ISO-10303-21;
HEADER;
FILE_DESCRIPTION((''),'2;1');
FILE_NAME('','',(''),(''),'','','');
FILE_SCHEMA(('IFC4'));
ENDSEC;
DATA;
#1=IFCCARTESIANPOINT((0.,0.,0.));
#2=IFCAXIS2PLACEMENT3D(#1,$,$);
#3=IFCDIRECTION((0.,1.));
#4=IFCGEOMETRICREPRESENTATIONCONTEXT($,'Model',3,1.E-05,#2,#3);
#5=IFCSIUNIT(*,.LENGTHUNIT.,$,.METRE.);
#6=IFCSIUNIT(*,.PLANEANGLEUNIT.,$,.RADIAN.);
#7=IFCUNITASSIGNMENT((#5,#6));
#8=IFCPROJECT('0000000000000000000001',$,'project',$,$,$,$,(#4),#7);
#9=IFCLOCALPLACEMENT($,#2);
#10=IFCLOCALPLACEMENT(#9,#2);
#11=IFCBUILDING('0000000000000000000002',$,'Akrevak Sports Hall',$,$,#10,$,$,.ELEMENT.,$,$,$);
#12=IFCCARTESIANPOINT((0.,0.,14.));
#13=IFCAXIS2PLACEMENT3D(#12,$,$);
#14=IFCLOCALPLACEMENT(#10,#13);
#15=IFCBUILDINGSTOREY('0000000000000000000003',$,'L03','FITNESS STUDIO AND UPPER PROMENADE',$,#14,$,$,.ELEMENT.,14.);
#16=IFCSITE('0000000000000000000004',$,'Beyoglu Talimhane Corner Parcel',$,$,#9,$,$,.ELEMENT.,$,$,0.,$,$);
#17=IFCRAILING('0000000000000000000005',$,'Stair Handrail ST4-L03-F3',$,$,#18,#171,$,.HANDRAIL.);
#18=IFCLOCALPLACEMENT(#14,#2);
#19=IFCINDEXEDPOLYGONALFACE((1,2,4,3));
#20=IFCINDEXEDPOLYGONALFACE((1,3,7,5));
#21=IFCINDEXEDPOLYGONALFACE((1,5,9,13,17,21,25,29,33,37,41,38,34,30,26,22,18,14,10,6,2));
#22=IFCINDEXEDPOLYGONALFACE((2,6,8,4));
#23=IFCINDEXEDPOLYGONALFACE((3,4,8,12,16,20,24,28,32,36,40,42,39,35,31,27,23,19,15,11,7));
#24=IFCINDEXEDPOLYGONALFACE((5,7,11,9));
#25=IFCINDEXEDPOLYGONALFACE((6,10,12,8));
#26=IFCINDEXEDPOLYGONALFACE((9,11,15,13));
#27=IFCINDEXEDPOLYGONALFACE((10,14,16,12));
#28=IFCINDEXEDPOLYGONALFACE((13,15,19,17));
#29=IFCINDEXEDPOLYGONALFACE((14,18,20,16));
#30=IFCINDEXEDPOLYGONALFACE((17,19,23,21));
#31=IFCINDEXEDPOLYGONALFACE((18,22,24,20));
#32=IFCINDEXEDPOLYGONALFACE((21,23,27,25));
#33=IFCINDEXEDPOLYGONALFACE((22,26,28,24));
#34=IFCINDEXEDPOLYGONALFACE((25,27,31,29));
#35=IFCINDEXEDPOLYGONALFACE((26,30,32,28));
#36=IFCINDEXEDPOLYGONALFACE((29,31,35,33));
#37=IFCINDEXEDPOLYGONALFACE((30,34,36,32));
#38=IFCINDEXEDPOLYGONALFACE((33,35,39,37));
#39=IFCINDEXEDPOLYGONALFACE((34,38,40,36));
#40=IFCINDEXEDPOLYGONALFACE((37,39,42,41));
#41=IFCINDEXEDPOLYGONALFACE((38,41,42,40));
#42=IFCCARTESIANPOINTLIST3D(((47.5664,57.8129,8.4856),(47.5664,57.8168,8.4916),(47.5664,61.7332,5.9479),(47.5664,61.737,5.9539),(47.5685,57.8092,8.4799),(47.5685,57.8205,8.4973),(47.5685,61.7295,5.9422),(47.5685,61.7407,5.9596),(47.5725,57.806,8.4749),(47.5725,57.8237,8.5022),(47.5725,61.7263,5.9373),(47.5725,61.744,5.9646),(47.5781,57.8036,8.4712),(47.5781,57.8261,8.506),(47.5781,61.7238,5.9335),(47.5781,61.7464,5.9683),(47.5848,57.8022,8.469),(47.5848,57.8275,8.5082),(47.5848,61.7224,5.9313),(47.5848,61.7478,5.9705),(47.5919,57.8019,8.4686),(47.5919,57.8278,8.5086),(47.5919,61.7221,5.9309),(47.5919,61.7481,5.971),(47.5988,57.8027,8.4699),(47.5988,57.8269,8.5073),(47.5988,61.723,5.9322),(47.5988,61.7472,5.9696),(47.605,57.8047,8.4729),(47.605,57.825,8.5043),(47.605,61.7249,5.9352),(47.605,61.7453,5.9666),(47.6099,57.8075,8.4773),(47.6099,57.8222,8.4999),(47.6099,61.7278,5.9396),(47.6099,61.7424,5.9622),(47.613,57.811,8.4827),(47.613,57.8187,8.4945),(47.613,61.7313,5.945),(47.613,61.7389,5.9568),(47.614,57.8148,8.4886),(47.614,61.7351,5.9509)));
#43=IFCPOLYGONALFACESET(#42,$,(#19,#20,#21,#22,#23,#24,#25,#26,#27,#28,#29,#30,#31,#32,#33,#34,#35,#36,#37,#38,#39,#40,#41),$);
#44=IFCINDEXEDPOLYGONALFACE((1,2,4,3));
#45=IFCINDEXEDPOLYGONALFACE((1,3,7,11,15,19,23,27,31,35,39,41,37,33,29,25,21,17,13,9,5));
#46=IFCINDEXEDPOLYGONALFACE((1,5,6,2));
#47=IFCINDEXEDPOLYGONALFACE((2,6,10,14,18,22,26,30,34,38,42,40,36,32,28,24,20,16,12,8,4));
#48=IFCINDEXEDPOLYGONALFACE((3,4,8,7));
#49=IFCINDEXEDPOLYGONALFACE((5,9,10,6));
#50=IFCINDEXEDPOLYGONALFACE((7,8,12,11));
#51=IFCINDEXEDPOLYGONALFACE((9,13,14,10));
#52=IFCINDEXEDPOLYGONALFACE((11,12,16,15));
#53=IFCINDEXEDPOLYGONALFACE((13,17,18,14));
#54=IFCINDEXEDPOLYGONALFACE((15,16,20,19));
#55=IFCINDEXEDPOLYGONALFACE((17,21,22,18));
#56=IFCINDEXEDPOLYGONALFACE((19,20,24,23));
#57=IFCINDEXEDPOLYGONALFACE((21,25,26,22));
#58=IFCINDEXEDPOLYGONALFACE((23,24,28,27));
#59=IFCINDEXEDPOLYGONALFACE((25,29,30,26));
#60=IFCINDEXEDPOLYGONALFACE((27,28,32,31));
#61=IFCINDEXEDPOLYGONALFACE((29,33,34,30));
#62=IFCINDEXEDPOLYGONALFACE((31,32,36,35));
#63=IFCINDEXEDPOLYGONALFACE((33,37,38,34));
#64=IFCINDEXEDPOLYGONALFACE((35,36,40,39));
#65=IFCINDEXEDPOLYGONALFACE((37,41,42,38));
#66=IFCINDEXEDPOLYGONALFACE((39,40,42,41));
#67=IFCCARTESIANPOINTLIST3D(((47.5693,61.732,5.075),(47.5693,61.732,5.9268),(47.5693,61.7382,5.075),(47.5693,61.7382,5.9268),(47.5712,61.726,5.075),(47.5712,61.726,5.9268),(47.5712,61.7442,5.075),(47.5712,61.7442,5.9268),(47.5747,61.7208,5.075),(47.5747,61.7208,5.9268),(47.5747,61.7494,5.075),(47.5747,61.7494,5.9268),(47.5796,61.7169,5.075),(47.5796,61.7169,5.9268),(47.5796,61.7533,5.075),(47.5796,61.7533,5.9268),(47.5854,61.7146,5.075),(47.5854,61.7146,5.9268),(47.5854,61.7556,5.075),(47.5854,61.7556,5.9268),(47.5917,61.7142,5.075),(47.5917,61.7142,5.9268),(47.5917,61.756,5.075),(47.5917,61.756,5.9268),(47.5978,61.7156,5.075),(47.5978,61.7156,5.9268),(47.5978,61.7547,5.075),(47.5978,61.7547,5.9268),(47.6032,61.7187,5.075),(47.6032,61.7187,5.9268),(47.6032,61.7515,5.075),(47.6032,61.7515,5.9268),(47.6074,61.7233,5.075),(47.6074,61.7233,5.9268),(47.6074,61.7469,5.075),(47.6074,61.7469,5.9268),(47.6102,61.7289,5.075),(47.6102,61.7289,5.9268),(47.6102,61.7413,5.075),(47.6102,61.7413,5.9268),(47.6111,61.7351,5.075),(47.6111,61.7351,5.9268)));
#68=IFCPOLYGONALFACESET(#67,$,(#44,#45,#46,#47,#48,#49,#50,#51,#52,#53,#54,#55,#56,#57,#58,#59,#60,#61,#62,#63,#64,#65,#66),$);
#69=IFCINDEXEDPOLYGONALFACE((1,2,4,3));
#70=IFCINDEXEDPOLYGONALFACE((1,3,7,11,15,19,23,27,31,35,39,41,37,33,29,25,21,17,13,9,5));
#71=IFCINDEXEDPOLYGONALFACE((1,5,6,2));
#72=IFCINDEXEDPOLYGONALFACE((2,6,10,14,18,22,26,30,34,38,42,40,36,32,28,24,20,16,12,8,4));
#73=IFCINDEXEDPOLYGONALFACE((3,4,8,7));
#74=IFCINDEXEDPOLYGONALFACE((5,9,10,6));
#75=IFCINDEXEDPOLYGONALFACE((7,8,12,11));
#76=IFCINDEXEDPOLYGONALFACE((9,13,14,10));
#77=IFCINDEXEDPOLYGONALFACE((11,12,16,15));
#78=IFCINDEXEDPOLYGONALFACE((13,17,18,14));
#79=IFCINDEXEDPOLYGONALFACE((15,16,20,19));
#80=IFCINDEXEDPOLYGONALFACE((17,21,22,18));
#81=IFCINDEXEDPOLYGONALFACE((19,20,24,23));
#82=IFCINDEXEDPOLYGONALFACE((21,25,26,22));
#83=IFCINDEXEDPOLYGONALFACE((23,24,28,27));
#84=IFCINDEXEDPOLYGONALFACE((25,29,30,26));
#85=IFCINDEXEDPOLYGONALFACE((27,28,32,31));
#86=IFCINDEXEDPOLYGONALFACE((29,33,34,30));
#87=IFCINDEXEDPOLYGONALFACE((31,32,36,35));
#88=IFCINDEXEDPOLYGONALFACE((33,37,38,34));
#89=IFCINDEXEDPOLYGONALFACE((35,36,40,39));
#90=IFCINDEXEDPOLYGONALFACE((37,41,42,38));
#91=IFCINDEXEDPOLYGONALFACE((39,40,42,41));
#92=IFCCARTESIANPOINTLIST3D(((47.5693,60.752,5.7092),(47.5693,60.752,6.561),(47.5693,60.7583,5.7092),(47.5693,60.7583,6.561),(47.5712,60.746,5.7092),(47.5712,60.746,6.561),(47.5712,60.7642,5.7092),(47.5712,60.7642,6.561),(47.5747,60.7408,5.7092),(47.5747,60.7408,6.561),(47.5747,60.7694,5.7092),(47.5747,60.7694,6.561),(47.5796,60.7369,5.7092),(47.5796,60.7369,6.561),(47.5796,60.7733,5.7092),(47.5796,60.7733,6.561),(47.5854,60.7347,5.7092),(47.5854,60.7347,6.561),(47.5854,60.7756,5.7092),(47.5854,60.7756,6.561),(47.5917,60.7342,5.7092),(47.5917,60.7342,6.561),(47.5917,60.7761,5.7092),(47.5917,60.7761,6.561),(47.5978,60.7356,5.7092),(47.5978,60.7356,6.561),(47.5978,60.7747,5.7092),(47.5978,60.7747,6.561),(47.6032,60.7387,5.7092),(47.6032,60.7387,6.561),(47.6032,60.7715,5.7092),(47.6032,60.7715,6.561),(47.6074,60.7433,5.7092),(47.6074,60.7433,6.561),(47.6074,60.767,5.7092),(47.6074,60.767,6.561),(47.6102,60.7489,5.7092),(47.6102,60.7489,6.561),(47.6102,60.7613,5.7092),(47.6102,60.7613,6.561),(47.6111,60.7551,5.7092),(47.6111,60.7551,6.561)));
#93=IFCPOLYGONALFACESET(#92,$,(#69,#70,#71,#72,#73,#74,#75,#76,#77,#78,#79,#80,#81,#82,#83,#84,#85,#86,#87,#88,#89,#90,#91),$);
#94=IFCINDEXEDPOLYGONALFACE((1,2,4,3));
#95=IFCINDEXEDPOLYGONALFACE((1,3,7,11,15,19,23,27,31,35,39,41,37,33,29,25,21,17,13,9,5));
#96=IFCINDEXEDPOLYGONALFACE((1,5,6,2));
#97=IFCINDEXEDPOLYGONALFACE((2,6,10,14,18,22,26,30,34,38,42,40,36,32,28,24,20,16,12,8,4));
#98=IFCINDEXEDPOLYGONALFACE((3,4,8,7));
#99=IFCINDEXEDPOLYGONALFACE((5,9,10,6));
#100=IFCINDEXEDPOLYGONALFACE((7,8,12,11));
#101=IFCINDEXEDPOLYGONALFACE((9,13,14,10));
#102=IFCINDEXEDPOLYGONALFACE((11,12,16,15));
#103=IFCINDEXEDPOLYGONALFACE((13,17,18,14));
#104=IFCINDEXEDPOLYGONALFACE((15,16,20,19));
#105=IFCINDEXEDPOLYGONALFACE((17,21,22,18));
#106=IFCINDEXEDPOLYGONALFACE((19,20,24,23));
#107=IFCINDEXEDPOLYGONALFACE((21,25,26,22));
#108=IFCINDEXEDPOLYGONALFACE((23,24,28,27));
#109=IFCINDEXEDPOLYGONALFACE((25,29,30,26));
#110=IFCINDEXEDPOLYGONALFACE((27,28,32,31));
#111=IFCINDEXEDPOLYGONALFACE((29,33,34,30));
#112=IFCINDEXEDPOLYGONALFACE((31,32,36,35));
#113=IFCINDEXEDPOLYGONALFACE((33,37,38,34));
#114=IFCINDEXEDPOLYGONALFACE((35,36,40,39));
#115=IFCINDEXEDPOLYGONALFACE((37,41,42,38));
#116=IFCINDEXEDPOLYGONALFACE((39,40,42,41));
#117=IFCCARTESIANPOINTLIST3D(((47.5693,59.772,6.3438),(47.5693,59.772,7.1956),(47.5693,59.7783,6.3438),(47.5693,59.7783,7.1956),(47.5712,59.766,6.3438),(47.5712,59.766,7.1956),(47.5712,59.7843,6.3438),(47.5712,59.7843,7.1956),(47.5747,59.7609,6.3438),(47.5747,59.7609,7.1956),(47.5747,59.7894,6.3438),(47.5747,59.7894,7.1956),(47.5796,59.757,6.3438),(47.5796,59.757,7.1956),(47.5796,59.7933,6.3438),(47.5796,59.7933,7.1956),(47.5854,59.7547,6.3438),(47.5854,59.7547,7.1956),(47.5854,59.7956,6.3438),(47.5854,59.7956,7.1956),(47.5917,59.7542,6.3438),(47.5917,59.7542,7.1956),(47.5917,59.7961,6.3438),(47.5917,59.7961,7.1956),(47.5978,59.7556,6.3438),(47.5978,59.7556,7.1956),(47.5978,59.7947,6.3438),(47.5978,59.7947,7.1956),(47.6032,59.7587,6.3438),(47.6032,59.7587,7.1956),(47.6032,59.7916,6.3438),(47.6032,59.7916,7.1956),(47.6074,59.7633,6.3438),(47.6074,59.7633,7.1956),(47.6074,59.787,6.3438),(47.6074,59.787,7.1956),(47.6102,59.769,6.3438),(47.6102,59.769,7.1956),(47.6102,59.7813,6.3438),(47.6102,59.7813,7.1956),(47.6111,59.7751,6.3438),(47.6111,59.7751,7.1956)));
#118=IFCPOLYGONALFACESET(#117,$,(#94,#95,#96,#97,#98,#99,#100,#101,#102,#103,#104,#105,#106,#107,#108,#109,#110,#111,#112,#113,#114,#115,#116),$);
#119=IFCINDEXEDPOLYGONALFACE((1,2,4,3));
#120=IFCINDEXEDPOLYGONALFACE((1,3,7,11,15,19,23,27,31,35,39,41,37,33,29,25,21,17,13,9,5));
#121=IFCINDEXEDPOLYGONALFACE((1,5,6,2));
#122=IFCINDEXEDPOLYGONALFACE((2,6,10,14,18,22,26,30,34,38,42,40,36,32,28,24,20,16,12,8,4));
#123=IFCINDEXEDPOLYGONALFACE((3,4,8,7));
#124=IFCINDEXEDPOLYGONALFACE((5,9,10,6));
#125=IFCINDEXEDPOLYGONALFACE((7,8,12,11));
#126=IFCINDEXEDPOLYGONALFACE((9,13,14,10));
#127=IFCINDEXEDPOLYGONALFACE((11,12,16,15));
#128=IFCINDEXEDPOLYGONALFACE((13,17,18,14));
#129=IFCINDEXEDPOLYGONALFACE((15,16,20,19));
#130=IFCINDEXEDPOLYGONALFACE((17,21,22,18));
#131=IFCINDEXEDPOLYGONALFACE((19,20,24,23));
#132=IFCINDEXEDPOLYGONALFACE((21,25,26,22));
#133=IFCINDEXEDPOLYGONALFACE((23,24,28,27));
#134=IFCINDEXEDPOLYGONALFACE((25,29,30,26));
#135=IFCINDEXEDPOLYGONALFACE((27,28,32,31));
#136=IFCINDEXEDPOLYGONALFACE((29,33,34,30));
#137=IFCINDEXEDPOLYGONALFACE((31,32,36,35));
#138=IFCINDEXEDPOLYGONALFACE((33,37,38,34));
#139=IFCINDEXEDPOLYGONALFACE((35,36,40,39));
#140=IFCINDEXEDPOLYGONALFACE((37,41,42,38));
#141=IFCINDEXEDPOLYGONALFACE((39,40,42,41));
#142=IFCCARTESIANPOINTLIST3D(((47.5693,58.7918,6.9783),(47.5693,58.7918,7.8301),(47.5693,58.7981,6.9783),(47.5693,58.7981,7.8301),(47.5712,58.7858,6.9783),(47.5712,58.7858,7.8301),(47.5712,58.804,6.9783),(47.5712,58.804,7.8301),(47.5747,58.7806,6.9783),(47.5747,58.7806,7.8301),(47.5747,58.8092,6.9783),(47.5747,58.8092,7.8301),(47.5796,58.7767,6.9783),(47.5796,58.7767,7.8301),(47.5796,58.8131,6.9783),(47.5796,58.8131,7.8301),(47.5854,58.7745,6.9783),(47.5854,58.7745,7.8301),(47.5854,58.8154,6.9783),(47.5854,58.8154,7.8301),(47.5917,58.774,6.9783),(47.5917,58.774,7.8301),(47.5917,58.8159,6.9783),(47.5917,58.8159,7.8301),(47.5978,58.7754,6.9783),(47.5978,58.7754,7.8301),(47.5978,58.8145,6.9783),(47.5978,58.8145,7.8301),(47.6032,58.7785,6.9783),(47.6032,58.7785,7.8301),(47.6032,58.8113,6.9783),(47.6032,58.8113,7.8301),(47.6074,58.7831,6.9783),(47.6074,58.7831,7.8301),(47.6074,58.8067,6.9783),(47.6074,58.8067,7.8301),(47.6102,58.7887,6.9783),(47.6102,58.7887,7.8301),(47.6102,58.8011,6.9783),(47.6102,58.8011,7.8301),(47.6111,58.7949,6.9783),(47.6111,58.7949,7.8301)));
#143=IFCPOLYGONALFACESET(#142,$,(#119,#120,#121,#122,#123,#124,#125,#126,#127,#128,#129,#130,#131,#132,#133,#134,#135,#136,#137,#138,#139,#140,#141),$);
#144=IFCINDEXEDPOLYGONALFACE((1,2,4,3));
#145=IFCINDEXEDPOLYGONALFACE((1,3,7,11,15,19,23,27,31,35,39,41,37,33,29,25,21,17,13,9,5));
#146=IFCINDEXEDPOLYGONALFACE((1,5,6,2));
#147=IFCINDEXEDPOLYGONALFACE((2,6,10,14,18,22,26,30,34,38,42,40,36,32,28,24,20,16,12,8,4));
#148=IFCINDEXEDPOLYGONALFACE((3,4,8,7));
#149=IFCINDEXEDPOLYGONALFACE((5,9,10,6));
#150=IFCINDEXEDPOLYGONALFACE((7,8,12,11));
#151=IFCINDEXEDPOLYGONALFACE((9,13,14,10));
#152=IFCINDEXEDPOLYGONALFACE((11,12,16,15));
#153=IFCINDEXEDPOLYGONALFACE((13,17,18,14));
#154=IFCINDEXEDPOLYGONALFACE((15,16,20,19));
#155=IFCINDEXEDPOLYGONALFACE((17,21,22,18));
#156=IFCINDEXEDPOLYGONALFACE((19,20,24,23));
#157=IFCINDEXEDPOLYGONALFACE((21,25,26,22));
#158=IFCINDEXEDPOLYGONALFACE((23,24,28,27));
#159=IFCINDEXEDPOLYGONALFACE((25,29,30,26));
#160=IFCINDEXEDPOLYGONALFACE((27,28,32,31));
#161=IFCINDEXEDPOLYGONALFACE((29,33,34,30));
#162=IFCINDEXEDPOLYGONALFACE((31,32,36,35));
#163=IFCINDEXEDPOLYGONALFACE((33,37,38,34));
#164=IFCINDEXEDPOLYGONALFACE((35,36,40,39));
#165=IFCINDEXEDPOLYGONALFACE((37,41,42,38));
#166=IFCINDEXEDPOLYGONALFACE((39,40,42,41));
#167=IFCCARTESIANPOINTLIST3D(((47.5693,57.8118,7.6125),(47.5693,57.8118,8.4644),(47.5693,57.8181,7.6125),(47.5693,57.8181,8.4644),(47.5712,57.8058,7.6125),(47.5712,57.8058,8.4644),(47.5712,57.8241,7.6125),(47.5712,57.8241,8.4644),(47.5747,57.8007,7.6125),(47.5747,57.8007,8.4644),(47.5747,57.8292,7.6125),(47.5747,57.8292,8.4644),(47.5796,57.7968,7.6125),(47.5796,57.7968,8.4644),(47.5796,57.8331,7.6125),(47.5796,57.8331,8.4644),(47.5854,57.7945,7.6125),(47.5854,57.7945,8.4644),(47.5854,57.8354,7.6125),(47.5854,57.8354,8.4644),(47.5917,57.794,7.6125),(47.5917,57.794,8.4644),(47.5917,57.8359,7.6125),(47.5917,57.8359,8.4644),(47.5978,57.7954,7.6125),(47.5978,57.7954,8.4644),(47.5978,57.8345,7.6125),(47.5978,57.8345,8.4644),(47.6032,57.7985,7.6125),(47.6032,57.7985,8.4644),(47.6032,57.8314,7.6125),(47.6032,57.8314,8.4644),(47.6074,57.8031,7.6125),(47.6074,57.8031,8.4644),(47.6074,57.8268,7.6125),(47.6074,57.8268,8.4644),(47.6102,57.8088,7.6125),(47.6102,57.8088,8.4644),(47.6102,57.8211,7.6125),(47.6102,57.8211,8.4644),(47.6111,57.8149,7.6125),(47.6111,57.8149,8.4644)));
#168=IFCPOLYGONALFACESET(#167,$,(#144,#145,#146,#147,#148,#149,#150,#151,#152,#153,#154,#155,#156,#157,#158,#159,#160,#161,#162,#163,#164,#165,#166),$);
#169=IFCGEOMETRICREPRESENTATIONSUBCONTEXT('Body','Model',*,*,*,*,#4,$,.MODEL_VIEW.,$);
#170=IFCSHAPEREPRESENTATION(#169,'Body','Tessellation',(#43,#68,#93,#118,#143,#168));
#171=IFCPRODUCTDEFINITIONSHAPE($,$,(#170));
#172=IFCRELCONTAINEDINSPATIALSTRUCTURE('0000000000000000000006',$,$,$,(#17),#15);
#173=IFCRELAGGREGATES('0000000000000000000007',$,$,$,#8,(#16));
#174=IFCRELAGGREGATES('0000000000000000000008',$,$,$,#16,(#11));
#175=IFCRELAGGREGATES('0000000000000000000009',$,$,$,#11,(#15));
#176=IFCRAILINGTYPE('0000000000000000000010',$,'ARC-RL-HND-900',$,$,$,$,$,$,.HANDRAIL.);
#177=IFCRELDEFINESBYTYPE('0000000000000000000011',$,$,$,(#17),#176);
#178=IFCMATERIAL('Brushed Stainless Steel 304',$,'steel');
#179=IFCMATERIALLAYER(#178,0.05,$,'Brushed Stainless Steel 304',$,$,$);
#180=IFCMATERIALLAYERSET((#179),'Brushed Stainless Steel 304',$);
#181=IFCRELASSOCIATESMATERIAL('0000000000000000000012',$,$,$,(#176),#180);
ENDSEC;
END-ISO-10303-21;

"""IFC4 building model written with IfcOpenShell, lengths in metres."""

from ifc_helpers import new_model, si_unit, direction, frame, origin, origin_2d, place, context, subcontext, project, spatial, circle, extrude, material, layer, layer_set, type_object, element, save


model = new_model("IFC4")

# Units and contexts
model_context = context("Model", 3, precision=1e-05, world=origin(), true_north=direction((0.0, 1.0)))
body_context = subcontext(model_context, "Body", "Model", "MODEL_VIEW")
ifc_project = project(units=[si_unit("LENGTHUNIT", "METRE"), si_unit("PLANEANGLEUNIT", "RADIAN")], contexts=[model_context])

# Site, building, storey
site_placement = place(None, origin())
site = spatial("IfcSite", under=ifc_project, at=site_placement, Name="Beyoglu Talimhane Corner Parcel", CompositionType="ELEMENT", RefElevation=0.0)
building_placement = place(site_placement, origin())
building = spatial("IfcBuilding", under=site, at=building_placement, Name="Akrevak Sports Hall", CompositionType="ELEMENT")
storey_placement = place(building_placement, frame((0.0, 0.0, 14.0)))
storey = spatial("IfcBuildingStorey", under=building, at=storey_placement, Name="L03", Description="FITNESS STUDIO AND UPPER PROMENADE", CompositionType="ELEMENT", Elevation=14.0)

# Railing
ifc_material_1 = material(Name="Brushed Stainless Steel 304", Category="steel")
ifc_layer_1 = layer(ifc_material_1, 0.05, Name="Brushed Stainless Steel 304")
ifc_layer_set_1 = layer_set([ifc_layer_1], Name="Brushed Stainless Steel 304")
railing_type_1 = type_object("IfcRailingType", Name="ARC-RL-HND-900", PredefinedType="HANDRAIL", material=ifc_layer_set_1)
railing_1_placement = place(storey_placement, frame((47.5901, 61.7351, 5.075)))
element("IfcRailing", 1, at=railing_1_placement, inside=storey, type_object=railing_type_1, Name="Stair Handrail ST4-L03-F3", PredefinedType="HANDRAIL", context=body_context, shape_type="SweptSolid", body=[
    extrude(circle(Radius=0.0239, at=origin_2d()), frame((0.0, 0.0, 0.876), z_axis=(0.0, -0.839471, 0.543405), x_axis=(1.0, 0.0, 0.0)), (0.0, 0.0, 1.0), 4.6699),
    extrude(circle(Radius=0.021, at=origin_2d()), origin(), (0.0, 0.0, 1.0), 0.8518),
    extrude(circle(Radius=0.021, at=origin_2d()), frame((0.0, -0.98, 0.6343)), (0.0, 0.0, 1.0), 0.8518),
    extrude(circle(Radius=0.021, at=origin_2d()), frame((0.0, -1.96, 1.2688)), (0.0, 0.0, 1.0), 0.8518),
    extrude(circle(Radius=0.021, at=origin_2d()), frame((0.0, -2.9402, 1.9033)), (0.0, 0.0, 1.0), 0.8518),
    extrude(circle(Radius=0.021, at=origin_2d()), frame((0.0, -3.9202, 2.5376)), (0.0, 0.0, 1.0), 0.8518),
])

save(model, "model.ifc")
